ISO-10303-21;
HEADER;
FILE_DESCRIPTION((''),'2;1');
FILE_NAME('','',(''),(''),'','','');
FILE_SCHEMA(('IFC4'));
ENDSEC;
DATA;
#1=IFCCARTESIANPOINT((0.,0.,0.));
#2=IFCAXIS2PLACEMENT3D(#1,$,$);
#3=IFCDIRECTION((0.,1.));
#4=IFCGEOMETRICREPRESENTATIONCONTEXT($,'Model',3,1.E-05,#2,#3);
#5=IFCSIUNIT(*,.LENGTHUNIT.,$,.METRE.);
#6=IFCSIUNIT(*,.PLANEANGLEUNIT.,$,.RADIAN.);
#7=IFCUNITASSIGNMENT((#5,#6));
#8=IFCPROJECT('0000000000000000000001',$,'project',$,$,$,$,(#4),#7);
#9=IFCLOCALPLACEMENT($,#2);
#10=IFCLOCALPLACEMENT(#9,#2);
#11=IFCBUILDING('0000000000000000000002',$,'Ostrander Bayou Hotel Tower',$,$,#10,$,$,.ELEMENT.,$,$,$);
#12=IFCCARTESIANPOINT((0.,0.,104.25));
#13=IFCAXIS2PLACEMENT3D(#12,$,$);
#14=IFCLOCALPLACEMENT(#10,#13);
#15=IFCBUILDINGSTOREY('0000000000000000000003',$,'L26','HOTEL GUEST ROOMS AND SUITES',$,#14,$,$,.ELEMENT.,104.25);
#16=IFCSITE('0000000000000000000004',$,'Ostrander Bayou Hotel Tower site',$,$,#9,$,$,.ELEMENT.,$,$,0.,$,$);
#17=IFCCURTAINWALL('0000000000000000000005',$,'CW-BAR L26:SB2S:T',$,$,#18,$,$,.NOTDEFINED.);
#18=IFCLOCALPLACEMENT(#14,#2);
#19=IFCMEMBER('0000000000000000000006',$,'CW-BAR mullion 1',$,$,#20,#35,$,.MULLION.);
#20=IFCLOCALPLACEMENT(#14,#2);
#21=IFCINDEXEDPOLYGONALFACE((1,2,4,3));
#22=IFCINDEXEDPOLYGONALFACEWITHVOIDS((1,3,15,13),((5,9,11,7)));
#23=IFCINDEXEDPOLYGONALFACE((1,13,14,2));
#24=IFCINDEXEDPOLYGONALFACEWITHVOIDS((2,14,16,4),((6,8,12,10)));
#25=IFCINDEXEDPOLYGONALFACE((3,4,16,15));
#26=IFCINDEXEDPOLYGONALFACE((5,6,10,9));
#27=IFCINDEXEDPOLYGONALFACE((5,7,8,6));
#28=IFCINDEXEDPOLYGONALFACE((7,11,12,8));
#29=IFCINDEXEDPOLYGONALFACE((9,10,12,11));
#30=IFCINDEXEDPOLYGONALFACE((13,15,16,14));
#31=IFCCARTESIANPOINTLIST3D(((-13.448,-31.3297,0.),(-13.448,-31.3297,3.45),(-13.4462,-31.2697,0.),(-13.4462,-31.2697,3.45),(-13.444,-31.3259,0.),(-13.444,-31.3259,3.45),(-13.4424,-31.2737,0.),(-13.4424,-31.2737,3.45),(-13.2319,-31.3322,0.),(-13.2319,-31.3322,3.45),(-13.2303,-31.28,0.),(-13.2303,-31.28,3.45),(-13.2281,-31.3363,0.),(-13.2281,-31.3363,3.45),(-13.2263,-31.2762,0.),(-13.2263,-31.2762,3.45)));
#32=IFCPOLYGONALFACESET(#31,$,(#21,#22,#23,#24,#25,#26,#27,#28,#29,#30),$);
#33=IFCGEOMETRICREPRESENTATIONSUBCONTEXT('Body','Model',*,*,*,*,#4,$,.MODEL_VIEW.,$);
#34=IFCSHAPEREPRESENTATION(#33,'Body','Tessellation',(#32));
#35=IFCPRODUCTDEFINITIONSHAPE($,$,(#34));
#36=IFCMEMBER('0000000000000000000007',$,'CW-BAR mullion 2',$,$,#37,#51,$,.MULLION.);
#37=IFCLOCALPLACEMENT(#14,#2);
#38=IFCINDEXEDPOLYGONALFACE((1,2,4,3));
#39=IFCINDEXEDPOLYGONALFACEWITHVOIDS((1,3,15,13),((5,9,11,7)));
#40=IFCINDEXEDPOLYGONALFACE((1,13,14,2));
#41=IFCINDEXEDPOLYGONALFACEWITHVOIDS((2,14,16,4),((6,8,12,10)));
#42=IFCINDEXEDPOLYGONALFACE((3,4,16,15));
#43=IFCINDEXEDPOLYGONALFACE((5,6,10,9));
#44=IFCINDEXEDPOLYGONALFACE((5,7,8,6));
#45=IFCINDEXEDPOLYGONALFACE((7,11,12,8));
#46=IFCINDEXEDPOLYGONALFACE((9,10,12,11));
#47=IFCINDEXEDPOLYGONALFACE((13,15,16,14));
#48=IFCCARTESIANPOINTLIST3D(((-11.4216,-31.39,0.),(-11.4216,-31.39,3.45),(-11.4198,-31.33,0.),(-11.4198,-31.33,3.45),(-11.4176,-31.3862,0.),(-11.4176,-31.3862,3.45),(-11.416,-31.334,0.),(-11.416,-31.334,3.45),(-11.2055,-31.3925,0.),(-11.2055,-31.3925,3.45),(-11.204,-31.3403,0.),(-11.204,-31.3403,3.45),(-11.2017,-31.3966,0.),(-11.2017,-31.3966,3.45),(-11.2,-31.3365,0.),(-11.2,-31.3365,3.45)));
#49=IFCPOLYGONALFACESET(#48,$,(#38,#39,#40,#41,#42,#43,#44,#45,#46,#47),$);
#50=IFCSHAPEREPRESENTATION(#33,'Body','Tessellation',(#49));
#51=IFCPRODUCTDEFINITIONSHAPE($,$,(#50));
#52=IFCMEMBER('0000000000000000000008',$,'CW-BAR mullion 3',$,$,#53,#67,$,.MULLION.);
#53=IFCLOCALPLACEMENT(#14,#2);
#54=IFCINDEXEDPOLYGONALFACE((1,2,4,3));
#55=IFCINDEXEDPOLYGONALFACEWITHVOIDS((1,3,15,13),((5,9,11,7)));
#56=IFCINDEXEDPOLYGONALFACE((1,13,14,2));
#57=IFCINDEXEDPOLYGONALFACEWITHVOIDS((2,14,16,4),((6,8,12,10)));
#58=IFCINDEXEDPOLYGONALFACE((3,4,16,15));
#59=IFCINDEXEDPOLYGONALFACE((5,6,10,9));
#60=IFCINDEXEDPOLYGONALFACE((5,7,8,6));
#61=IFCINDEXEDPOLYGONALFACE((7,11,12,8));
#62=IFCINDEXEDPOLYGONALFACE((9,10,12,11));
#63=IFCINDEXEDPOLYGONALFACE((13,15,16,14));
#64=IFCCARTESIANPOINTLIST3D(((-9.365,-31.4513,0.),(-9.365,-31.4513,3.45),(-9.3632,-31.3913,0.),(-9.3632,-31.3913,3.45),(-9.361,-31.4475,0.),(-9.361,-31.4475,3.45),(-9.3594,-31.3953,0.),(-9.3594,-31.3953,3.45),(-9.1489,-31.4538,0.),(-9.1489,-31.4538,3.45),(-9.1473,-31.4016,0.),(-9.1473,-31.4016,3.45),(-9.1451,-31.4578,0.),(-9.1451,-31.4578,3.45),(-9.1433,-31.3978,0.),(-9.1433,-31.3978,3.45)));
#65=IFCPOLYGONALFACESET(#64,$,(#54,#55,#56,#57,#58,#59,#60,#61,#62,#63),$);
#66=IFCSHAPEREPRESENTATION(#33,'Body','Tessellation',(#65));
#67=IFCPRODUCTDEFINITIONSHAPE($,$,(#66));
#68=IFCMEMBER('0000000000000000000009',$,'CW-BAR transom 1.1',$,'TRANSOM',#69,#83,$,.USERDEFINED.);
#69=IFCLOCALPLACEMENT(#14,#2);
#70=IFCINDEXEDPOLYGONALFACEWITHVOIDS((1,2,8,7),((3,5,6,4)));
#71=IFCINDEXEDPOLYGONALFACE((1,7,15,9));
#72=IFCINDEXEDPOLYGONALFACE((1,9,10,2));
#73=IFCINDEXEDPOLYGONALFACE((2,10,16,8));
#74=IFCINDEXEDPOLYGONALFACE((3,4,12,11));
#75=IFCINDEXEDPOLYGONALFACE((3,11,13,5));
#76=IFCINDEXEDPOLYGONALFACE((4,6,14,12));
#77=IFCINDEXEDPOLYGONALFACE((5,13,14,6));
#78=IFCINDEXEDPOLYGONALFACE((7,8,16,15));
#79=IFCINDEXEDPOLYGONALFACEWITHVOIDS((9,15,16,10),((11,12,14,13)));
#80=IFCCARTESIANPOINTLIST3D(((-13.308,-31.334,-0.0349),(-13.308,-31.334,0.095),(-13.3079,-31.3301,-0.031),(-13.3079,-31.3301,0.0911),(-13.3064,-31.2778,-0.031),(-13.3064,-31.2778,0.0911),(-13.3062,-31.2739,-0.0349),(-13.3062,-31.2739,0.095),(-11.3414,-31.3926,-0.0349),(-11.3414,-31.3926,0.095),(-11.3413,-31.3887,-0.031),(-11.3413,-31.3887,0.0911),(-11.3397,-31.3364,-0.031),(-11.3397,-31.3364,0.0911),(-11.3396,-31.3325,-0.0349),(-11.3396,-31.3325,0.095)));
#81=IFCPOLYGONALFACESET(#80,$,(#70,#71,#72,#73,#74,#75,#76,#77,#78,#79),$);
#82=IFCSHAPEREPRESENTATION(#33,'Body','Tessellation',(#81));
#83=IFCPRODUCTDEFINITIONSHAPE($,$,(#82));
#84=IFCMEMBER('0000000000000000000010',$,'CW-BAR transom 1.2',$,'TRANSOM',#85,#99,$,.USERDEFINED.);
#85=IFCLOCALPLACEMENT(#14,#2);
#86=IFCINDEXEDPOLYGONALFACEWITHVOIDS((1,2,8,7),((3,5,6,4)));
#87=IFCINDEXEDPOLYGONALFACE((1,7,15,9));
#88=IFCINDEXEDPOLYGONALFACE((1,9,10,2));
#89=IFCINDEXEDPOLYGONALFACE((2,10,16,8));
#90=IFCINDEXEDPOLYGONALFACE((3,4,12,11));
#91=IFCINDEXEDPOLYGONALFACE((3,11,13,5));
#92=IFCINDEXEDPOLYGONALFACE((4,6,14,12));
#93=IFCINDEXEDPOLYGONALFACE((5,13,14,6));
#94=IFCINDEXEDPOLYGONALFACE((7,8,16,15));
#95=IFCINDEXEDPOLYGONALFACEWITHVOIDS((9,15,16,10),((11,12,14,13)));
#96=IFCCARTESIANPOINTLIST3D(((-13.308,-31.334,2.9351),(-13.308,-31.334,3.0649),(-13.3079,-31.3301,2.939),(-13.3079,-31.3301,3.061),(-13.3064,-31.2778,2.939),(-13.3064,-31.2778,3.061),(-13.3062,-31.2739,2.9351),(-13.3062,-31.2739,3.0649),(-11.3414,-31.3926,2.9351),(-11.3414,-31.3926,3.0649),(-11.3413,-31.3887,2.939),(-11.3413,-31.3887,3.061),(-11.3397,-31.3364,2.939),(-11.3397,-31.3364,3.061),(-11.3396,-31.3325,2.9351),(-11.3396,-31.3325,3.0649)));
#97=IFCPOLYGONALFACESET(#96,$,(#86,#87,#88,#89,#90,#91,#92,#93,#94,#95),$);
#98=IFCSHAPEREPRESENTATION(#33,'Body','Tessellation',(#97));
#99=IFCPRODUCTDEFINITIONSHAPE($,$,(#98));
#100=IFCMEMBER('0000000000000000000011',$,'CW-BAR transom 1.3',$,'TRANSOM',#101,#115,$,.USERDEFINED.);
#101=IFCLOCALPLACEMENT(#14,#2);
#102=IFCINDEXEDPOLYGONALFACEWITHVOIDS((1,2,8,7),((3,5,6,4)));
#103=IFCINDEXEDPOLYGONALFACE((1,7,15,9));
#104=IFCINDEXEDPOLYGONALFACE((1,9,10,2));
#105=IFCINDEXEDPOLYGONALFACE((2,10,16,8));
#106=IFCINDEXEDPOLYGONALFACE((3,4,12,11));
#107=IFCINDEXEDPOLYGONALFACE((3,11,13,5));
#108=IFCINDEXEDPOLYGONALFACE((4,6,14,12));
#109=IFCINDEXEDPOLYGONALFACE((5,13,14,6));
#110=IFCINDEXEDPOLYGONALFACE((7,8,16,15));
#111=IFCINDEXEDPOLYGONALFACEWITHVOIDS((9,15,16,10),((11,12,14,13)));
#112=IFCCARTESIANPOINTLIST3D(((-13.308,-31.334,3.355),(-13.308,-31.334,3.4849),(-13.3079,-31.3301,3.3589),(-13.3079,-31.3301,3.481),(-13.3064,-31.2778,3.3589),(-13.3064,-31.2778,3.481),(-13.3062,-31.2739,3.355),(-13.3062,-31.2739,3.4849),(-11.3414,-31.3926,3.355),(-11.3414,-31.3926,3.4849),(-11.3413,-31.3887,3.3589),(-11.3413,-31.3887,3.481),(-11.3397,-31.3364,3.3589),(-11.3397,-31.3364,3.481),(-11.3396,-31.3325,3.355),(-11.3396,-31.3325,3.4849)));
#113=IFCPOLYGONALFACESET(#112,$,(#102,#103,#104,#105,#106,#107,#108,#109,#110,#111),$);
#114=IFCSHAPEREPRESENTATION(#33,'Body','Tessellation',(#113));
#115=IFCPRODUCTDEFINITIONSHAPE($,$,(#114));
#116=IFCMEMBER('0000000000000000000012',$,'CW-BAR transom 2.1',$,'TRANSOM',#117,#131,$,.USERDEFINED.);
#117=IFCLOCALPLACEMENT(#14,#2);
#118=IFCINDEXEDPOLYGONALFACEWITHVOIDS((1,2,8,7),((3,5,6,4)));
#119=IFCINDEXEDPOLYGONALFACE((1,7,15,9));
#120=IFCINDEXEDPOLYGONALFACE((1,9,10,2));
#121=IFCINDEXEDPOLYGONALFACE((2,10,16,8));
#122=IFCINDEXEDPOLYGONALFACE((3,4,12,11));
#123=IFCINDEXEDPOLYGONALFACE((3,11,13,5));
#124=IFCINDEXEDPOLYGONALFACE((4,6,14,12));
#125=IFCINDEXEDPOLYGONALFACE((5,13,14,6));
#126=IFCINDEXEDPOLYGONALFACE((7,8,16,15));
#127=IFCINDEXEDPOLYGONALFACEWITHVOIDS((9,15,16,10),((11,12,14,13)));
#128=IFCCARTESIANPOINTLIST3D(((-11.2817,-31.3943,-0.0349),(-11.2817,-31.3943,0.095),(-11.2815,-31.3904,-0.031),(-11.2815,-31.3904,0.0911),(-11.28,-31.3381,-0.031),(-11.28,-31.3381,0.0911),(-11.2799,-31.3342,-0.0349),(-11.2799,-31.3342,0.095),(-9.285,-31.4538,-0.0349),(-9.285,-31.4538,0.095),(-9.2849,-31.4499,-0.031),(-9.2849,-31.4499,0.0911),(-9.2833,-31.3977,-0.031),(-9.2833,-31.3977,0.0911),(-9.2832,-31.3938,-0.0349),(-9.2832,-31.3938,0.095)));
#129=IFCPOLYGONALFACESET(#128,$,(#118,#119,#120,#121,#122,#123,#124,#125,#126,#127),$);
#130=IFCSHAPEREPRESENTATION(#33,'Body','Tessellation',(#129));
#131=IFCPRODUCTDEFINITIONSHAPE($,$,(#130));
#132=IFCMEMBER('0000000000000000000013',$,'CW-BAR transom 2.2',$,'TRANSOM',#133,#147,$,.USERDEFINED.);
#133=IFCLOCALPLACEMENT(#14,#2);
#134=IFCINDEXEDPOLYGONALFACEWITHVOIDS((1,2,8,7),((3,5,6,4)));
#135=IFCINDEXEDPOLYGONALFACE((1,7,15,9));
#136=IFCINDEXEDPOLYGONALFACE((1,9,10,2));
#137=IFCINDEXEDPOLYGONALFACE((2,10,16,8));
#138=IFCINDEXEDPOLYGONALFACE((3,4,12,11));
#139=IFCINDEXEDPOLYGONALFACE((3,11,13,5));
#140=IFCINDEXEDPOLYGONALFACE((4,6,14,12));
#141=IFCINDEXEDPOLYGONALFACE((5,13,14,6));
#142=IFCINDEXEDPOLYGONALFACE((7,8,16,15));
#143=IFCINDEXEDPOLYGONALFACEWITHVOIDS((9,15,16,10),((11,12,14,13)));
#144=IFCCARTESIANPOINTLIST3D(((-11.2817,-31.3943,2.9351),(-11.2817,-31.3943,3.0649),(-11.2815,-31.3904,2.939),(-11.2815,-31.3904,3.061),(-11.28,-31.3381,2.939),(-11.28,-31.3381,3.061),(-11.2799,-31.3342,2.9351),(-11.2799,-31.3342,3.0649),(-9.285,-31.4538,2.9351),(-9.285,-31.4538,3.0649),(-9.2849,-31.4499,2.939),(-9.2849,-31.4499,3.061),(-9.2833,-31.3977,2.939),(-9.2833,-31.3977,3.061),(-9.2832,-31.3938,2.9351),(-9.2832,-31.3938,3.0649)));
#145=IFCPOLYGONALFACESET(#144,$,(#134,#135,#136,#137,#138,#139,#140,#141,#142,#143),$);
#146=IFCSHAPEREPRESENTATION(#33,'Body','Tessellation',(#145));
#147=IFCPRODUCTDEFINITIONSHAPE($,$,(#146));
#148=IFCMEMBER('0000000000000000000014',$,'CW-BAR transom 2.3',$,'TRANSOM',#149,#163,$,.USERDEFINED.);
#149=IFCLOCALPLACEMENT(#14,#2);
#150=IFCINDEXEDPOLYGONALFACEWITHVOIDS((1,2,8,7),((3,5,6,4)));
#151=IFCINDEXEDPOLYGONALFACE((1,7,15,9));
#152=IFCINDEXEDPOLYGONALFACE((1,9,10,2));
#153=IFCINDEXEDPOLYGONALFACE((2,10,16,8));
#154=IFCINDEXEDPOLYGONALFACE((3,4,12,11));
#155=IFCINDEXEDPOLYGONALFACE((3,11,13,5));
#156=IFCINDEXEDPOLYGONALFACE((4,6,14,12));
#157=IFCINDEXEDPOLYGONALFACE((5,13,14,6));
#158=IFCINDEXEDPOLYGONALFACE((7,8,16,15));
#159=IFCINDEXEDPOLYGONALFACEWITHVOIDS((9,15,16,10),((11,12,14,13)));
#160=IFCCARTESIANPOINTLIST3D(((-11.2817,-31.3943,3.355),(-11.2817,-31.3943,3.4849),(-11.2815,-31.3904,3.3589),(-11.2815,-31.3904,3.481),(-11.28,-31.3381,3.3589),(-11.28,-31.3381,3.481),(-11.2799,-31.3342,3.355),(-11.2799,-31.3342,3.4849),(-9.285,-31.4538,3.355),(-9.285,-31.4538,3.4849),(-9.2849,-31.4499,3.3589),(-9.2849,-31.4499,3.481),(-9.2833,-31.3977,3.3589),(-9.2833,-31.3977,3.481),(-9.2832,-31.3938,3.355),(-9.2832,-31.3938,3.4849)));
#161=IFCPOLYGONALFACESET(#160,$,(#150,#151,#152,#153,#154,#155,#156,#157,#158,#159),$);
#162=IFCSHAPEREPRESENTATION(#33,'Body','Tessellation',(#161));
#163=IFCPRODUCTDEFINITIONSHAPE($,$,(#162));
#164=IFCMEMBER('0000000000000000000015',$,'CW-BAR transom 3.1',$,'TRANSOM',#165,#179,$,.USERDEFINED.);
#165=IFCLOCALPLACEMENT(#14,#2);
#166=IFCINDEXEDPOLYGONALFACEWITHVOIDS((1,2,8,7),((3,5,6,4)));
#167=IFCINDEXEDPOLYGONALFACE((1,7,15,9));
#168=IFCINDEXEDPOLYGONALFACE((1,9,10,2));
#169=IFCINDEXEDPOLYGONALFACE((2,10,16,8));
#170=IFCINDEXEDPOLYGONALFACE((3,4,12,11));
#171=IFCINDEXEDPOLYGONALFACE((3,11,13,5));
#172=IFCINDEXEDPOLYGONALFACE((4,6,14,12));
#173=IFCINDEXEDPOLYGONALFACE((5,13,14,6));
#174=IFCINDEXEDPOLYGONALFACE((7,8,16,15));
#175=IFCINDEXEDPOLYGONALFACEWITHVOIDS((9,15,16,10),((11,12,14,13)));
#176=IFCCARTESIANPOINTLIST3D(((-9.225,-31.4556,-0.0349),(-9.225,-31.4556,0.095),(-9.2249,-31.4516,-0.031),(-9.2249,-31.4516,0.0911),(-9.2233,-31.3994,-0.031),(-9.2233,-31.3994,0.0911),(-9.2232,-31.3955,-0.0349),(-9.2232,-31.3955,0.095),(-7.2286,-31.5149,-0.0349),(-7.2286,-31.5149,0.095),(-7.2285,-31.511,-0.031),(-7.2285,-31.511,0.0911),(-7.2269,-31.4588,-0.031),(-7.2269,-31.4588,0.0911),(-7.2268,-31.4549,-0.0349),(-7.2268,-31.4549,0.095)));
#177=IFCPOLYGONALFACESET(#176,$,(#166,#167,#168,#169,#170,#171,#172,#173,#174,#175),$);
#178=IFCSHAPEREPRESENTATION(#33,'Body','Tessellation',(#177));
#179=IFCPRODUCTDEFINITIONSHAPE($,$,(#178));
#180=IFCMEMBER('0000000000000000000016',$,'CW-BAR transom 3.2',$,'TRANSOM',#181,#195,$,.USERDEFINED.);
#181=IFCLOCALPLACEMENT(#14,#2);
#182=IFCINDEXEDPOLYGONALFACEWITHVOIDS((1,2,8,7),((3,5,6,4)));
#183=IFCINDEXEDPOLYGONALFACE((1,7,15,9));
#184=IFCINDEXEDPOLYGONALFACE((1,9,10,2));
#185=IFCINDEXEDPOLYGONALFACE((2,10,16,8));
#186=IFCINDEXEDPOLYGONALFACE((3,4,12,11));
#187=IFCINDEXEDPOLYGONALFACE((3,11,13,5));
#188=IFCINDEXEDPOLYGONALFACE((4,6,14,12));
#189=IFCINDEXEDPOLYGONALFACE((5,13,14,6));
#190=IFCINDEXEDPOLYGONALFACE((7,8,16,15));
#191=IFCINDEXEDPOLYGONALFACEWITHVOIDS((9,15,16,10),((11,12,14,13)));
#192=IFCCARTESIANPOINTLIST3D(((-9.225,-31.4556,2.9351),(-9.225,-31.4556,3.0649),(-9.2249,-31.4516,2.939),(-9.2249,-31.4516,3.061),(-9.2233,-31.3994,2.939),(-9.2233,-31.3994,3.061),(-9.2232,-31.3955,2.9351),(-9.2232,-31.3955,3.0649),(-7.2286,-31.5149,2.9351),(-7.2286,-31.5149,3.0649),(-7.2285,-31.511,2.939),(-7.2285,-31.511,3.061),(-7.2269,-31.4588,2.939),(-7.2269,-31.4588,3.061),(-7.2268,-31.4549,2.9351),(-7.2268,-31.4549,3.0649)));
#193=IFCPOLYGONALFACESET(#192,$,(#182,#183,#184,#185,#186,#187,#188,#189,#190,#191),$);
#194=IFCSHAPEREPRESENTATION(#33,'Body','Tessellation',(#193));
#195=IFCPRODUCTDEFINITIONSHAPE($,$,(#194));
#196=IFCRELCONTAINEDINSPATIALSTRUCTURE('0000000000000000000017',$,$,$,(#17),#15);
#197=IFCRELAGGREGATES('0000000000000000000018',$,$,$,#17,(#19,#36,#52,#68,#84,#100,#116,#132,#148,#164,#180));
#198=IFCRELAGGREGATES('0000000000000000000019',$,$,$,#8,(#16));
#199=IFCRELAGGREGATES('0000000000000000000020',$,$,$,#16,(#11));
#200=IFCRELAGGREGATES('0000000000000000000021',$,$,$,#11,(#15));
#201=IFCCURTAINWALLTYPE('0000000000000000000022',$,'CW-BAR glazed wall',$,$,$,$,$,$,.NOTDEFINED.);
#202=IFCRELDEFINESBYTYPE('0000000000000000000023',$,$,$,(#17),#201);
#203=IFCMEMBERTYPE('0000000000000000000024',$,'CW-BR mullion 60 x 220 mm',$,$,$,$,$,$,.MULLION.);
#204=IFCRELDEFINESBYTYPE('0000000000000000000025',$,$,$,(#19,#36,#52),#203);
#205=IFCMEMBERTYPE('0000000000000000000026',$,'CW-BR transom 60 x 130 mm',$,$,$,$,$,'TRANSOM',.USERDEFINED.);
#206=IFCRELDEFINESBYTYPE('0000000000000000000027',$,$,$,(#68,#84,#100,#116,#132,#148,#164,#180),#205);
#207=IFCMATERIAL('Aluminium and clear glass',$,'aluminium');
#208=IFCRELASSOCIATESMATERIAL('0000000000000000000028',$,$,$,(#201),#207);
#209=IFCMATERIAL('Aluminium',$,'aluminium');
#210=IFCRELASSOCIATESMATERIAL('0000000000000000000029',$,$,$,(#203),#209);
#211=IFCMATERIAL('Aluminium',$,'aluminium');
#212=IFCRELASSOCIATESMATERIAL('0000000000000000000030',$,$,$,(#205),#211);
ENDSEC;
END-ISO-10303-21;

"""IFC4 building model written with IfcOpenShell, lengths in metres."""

from ifc_helpers import new_model, si_unit, direction, frame, origin, origin_2d, place, context, subcontext, project, spatial, hollow_rectangle, extrude, material, material_profile, profile_set, type_object, element, aggregate, save


model = new_model("IFC4")

# Units and contexts
model_context = context("Model", 3, precision=1e-05, world=origin(), true_north=direction((0.0, 1.0)))
body_context = subcontext(model_context, "Body", "Model", "MODEL_VIEW")
ifc_project = project(units=[si_unit("LENGTHUNIT", "METRE"), si_unit("PLANEANGLEUNIT", "RADIAN")], contexts=[model_context])

# Site, building, storey
site_placement = place(None, origin())
site = spatial("IfcSite", under=ifc_project, at=site_placement, Name="Ostrander Bayou Hotel Tower site", CompositionType="ELEMENT", RefElevation=0.0)
building_placement = place(site_placement, origin())
building = spatial("IfcBuilding", under=site, at=building_placement, Name="Ostrander Bayou Hotel Tower", CompositionType="ELEMENT")
storey_placement = place(building_placement, frame((0.0, 0.0, 104.25)))
storey = spatial("IfcBuildingStorey", under=building, at=storey_placement, Name="L26", Description="HOTEL GUEST ROOMS AND SUITES", CompositionType="ELEMENT", Elevation=104.25)

# Curtain wall, members
ifc_material_1 = material(Name="Aluminium and clear glass", Category="aluminium")
curtain_wall_type = type_object("IfcCurtainWallType", Name="CW-BAR glazed wall", PredefinedType="NOTDEFINED", material=ifc_material_1)
curtain_wall_placement = place(storey_placement, origin())
curtain_wall = element("IfcCurtainWall", 1, at=curtain_wall_placement, inside=storey, type_object=curtain_wall_type, Name="CW-BAR L26:SB2S:T", PredefinedType="NOTDEFINED")
ifc_material_2 = material(Name="Aluminium", Category="aluminium")
ifc_material_profile_1 = material_profile(ifc_material_2, hollow_rectangle(XDim=0.0601, YDim=0.22, WallThickness=0.0039, at=origin_2d()))
ifc_profile_set_1 = profile_set([ifc_material_profile_1], Name="Aluminium")
member_type_1 = type_object("IfcMemberType", Name="CW-BR mullion 60 x 220 mm", PredefinedType="MULLION", material=ifc_profile_set_1)
member_1_placement = place(storey_placement, frame((-13.3372, -31.303, 0.0), z_axis=(0.0, 0.0, 1.0), x_axis=(0.029746, 0.999557, 0.0)))
member_1 = element("IfcMember", 2, at=member_1_placement, type_object=member_type_1, Name="CW-BAR mullion 1", PredefinedType="MULLION", context=body_context, shape_type="SweptSolid", body=[
    extrude(hollow_rectangle(XDim=0.0601, YDim=0.22, WallThickness=0.0039, at=origin_2d()), origin(), (0.0, 0.0, 1.0), 3.45),
])
member_2_placement = place(storey_placement, frame((-11.3108, -31.3633, 0.0), z_axis=(0.0, 0.0, 1.0), x_axis=(0.029746, 0.999557, 0.0)))
member_2 = element("IfcMember", 3, at=member_2_placement, type_object=member_type_1, Name="CW-BAR mullion 2", PredefinedType="MULLION", context=body_context, shape_type="SweptSolid", body=[
    extrude(hollow_rectangle(XDim=0.0601, YDim=0.22, WallThickness=0.0039, at=origin_2d()), origin(), (0.0, 0.0, 1.0), 3.45),
])
member_3_placement = place(storey_placement, frame((-9.2542, -31.4246, 0.0), z_axis=(0.0, 0.0, 1.0), x_axis=(0.029746, 0.999557, 0.0)))
member_3 = element("IfcMember", 4, at=member_3_placement, type_object=member_type_1, Name="CW-BAR mullion 3", PredefinedType="MULLION", context=body_context, shape_type="SweptSolid", body=[
    extrude(hollow_rectangle(XDim=0.0601, YDim=0.22, WallThickness=0.0039, at=origin_2d()), origin(), (0.0, 0.0, 1.0), 3.45),
])
ifc_material_3 = material(Name="Aluminium", Category="aluminium")
ifc_material_profile_2 = material_profile(ifc_material_3, hollow_rectangle(XDim=0.0601, YDim=0.1299, WallThickness=0.0039, at=origin_2d()))
ifc_profile_set_2 = profile_set([ifc_material_profile_2], Name="Aluminium")
member_type_2 = type_object("IfcMemberType", Name="CW-BR transom 60 x 130 mm", ElementType="TRANSOM", PredefinedType="USERDEFINED", material=ifc_profile_set_2)
member_4_placement = place(storey_placement, frame((-13.3071, -31.304, 0.03), z_axis=(0.999556, -0.029782, 0.0), x_axis=(0.029782, 0.999556, 0.0)))
member_4 = element("IfcMember", 5, at=member_4_placement, type_object=member_type_2, Name="CW-BAR transom 1.1", ObjectType="TRANSOM", PredefinedType="USERDEFINED", context=body_context, shape_type="SweptSolid", body=[
    extrude(hollow_rectangle(XDim=0.0601, YDim=0.1299, WallThickness=0.0039, at=origin_2d()), origin(), (0.0, 0.0, 1.0), 1.9675),
])
member_5_placement = place(storey_placement, frame((-13.3071, -31.304, 3.0), z_axis=(0.999556, -0.029782, 0.0), x_axis=(0.029782, 0.999556, 0.0)))
member_5 = element("IfcMember", 6, at=member_5_placement, type_object=member_type_2, Name="CW-BAR transom 1.2", ObjectType="TRANSOM", PredefinedType="USERDEFINED", context=body_context, shape_type="SweptSolid", body=[
    extrude(hollow_rectangle(XDim=0.0601, YDim=0.1299, WallThickness=0.0039, at=origin_2d()), origin(), (0.0, 0.0, 1.0), 1.9675),
])
member_6_placement = place(storey_placement, frame((-13.3071, -31.304, 3.4199), z_axis=(0.999556, -0.029782, 0.0), x_axis=(0.029782, 0.999556, 0.0)))
member_6 = element("IfcMember", 7, at=member_6_placement, type_object=member_type_2, Name="CW-BAR transom 1.3", ObjectType="TRANSOM", PredefinedType="USERDEFINED", context=body_context, shape_type="SweptSolid", body=[
    extrude(hollow_rectangle(XDim=0.0601, YDim=0.1299, WallThickness=0.0039, at=origin_2d()), origin(), (0.0, 0.0, 1.0), 1.9675),
])
member_7_placement = place(storey_placement, frame((-11.2808, -31.3643, 0.03), z_axis=(0.999555, -0.029823, 0.0), x_axis=(0.029823, 0.999555, 0.0)))
member_7 = element("IfcMember", 8, at=member_7_placement, type_object=member_type_2, Name="CW-BAR transom 2.1", ObjectType="TRANSOM", PredefinedType="USERDEFINED", context=body_context, shape_type="SweptSolid", body=[
    extrude(hollow_rectangle(XDim=0.0601, YDim=0.1299, WallThickness=0.0039, at=origin_2d()), origin(), (0.0, 0.0, 1.0), 1.9976),
])
member_8_placement = place(storey_placement, frame((-11.2808, -31.3643, 3.0), z_axis=(0.999555, -0.029823, 0.0), x_axis=(0.029823, 0.999555, 0.0)))
member_8 = element("IfcMember", 9, at=member_8_placement, type_object=member_type_2, Name="CW-BAR transom 2.2", ObjectType="TRANSOM", PredefinedType="USERDEFINED", context=body_context, shape_type="SweptSolid", body=[
    extrude(hollow_rectangle(XDim=0.0601, YDim=0.1299, WallThickness=0.0039, at=origin_2d()), origin(), (0.0, 0.0, 1.0), 1.9976),
])
member_9_placement = place(storey_placement, frame((-11.2808, -31.3643, 3.4199), z_axis=(0.999555, -0.029823, 0.0), x_axis=(0.029823, 0.999555, 0.0)))
member_9 = element("IfcMember", 10, at=member_9_placement, type_object=member_type_2, Name="CW-BAR transom 2.3", ObjectType="TRANSOM", PredefinedType="USERDEFINED", context=body_context, shape_type="SweptSolid", body=[
    extrude(hollow_rectangle(XDim=0.0601, YDim=0.1299, WallThickness=0.0039, at=origin_2d()), origin(), (0.0, 0.0, 1.0), 1.9976),
])
member_10_placement = place(storey_placement, frame((-9.2241, -31.4255, 0.03), z_axis=(0.999559, -0.029704, 0.0), x_axis=(0.029704, 0.999559, 0.0)))
member_10 = element("IfcMember", 11, at=member_10_placement, type_object=member_type_2, Name="CW-BAR transom 3.1", ObjectType="TRANSOM", PredefinedType="USERDEFINED", context=body_context, shape_type="SweptSolid", body=[
    extrude(hollow_rectangle(XDim=0.0601, YDim=0.1299, WallThickness=0.0039, at=origin_2d()), origin(), (0.0, 0.0, 1.0), 1.9973),
])
member_11_placement = place(storey_placement, frame((-9.2241, -31.4255, 3.0), z_axis=(0.999559, -0.029704, 0.0), x_axis=(0.029704, 0.999559, 0.0)))
member_11 = element("IfcMember", 12, at=member_11_placement, type_object=member_type_2, Name="CW-BAR transom 3.2", ObjectType="TRANSOM", PredefinedType="USERDEFINED", context=body_context, shape_type="SweptSolid", body=[
    extrude(hollow_rectangle(XDim=0.0601, YDim=0.1299, WallThickness=0.0039, at=origin_2d()), origin(), (0.0, 0.0, 1.0), 1.9973),
])
aggregate(curtain_wall, [member_1, member_2, member_3, member_4, member_5, member_6, member_7, member_8, member_9, member_10, member_11])

save(model, "model.ifc")
